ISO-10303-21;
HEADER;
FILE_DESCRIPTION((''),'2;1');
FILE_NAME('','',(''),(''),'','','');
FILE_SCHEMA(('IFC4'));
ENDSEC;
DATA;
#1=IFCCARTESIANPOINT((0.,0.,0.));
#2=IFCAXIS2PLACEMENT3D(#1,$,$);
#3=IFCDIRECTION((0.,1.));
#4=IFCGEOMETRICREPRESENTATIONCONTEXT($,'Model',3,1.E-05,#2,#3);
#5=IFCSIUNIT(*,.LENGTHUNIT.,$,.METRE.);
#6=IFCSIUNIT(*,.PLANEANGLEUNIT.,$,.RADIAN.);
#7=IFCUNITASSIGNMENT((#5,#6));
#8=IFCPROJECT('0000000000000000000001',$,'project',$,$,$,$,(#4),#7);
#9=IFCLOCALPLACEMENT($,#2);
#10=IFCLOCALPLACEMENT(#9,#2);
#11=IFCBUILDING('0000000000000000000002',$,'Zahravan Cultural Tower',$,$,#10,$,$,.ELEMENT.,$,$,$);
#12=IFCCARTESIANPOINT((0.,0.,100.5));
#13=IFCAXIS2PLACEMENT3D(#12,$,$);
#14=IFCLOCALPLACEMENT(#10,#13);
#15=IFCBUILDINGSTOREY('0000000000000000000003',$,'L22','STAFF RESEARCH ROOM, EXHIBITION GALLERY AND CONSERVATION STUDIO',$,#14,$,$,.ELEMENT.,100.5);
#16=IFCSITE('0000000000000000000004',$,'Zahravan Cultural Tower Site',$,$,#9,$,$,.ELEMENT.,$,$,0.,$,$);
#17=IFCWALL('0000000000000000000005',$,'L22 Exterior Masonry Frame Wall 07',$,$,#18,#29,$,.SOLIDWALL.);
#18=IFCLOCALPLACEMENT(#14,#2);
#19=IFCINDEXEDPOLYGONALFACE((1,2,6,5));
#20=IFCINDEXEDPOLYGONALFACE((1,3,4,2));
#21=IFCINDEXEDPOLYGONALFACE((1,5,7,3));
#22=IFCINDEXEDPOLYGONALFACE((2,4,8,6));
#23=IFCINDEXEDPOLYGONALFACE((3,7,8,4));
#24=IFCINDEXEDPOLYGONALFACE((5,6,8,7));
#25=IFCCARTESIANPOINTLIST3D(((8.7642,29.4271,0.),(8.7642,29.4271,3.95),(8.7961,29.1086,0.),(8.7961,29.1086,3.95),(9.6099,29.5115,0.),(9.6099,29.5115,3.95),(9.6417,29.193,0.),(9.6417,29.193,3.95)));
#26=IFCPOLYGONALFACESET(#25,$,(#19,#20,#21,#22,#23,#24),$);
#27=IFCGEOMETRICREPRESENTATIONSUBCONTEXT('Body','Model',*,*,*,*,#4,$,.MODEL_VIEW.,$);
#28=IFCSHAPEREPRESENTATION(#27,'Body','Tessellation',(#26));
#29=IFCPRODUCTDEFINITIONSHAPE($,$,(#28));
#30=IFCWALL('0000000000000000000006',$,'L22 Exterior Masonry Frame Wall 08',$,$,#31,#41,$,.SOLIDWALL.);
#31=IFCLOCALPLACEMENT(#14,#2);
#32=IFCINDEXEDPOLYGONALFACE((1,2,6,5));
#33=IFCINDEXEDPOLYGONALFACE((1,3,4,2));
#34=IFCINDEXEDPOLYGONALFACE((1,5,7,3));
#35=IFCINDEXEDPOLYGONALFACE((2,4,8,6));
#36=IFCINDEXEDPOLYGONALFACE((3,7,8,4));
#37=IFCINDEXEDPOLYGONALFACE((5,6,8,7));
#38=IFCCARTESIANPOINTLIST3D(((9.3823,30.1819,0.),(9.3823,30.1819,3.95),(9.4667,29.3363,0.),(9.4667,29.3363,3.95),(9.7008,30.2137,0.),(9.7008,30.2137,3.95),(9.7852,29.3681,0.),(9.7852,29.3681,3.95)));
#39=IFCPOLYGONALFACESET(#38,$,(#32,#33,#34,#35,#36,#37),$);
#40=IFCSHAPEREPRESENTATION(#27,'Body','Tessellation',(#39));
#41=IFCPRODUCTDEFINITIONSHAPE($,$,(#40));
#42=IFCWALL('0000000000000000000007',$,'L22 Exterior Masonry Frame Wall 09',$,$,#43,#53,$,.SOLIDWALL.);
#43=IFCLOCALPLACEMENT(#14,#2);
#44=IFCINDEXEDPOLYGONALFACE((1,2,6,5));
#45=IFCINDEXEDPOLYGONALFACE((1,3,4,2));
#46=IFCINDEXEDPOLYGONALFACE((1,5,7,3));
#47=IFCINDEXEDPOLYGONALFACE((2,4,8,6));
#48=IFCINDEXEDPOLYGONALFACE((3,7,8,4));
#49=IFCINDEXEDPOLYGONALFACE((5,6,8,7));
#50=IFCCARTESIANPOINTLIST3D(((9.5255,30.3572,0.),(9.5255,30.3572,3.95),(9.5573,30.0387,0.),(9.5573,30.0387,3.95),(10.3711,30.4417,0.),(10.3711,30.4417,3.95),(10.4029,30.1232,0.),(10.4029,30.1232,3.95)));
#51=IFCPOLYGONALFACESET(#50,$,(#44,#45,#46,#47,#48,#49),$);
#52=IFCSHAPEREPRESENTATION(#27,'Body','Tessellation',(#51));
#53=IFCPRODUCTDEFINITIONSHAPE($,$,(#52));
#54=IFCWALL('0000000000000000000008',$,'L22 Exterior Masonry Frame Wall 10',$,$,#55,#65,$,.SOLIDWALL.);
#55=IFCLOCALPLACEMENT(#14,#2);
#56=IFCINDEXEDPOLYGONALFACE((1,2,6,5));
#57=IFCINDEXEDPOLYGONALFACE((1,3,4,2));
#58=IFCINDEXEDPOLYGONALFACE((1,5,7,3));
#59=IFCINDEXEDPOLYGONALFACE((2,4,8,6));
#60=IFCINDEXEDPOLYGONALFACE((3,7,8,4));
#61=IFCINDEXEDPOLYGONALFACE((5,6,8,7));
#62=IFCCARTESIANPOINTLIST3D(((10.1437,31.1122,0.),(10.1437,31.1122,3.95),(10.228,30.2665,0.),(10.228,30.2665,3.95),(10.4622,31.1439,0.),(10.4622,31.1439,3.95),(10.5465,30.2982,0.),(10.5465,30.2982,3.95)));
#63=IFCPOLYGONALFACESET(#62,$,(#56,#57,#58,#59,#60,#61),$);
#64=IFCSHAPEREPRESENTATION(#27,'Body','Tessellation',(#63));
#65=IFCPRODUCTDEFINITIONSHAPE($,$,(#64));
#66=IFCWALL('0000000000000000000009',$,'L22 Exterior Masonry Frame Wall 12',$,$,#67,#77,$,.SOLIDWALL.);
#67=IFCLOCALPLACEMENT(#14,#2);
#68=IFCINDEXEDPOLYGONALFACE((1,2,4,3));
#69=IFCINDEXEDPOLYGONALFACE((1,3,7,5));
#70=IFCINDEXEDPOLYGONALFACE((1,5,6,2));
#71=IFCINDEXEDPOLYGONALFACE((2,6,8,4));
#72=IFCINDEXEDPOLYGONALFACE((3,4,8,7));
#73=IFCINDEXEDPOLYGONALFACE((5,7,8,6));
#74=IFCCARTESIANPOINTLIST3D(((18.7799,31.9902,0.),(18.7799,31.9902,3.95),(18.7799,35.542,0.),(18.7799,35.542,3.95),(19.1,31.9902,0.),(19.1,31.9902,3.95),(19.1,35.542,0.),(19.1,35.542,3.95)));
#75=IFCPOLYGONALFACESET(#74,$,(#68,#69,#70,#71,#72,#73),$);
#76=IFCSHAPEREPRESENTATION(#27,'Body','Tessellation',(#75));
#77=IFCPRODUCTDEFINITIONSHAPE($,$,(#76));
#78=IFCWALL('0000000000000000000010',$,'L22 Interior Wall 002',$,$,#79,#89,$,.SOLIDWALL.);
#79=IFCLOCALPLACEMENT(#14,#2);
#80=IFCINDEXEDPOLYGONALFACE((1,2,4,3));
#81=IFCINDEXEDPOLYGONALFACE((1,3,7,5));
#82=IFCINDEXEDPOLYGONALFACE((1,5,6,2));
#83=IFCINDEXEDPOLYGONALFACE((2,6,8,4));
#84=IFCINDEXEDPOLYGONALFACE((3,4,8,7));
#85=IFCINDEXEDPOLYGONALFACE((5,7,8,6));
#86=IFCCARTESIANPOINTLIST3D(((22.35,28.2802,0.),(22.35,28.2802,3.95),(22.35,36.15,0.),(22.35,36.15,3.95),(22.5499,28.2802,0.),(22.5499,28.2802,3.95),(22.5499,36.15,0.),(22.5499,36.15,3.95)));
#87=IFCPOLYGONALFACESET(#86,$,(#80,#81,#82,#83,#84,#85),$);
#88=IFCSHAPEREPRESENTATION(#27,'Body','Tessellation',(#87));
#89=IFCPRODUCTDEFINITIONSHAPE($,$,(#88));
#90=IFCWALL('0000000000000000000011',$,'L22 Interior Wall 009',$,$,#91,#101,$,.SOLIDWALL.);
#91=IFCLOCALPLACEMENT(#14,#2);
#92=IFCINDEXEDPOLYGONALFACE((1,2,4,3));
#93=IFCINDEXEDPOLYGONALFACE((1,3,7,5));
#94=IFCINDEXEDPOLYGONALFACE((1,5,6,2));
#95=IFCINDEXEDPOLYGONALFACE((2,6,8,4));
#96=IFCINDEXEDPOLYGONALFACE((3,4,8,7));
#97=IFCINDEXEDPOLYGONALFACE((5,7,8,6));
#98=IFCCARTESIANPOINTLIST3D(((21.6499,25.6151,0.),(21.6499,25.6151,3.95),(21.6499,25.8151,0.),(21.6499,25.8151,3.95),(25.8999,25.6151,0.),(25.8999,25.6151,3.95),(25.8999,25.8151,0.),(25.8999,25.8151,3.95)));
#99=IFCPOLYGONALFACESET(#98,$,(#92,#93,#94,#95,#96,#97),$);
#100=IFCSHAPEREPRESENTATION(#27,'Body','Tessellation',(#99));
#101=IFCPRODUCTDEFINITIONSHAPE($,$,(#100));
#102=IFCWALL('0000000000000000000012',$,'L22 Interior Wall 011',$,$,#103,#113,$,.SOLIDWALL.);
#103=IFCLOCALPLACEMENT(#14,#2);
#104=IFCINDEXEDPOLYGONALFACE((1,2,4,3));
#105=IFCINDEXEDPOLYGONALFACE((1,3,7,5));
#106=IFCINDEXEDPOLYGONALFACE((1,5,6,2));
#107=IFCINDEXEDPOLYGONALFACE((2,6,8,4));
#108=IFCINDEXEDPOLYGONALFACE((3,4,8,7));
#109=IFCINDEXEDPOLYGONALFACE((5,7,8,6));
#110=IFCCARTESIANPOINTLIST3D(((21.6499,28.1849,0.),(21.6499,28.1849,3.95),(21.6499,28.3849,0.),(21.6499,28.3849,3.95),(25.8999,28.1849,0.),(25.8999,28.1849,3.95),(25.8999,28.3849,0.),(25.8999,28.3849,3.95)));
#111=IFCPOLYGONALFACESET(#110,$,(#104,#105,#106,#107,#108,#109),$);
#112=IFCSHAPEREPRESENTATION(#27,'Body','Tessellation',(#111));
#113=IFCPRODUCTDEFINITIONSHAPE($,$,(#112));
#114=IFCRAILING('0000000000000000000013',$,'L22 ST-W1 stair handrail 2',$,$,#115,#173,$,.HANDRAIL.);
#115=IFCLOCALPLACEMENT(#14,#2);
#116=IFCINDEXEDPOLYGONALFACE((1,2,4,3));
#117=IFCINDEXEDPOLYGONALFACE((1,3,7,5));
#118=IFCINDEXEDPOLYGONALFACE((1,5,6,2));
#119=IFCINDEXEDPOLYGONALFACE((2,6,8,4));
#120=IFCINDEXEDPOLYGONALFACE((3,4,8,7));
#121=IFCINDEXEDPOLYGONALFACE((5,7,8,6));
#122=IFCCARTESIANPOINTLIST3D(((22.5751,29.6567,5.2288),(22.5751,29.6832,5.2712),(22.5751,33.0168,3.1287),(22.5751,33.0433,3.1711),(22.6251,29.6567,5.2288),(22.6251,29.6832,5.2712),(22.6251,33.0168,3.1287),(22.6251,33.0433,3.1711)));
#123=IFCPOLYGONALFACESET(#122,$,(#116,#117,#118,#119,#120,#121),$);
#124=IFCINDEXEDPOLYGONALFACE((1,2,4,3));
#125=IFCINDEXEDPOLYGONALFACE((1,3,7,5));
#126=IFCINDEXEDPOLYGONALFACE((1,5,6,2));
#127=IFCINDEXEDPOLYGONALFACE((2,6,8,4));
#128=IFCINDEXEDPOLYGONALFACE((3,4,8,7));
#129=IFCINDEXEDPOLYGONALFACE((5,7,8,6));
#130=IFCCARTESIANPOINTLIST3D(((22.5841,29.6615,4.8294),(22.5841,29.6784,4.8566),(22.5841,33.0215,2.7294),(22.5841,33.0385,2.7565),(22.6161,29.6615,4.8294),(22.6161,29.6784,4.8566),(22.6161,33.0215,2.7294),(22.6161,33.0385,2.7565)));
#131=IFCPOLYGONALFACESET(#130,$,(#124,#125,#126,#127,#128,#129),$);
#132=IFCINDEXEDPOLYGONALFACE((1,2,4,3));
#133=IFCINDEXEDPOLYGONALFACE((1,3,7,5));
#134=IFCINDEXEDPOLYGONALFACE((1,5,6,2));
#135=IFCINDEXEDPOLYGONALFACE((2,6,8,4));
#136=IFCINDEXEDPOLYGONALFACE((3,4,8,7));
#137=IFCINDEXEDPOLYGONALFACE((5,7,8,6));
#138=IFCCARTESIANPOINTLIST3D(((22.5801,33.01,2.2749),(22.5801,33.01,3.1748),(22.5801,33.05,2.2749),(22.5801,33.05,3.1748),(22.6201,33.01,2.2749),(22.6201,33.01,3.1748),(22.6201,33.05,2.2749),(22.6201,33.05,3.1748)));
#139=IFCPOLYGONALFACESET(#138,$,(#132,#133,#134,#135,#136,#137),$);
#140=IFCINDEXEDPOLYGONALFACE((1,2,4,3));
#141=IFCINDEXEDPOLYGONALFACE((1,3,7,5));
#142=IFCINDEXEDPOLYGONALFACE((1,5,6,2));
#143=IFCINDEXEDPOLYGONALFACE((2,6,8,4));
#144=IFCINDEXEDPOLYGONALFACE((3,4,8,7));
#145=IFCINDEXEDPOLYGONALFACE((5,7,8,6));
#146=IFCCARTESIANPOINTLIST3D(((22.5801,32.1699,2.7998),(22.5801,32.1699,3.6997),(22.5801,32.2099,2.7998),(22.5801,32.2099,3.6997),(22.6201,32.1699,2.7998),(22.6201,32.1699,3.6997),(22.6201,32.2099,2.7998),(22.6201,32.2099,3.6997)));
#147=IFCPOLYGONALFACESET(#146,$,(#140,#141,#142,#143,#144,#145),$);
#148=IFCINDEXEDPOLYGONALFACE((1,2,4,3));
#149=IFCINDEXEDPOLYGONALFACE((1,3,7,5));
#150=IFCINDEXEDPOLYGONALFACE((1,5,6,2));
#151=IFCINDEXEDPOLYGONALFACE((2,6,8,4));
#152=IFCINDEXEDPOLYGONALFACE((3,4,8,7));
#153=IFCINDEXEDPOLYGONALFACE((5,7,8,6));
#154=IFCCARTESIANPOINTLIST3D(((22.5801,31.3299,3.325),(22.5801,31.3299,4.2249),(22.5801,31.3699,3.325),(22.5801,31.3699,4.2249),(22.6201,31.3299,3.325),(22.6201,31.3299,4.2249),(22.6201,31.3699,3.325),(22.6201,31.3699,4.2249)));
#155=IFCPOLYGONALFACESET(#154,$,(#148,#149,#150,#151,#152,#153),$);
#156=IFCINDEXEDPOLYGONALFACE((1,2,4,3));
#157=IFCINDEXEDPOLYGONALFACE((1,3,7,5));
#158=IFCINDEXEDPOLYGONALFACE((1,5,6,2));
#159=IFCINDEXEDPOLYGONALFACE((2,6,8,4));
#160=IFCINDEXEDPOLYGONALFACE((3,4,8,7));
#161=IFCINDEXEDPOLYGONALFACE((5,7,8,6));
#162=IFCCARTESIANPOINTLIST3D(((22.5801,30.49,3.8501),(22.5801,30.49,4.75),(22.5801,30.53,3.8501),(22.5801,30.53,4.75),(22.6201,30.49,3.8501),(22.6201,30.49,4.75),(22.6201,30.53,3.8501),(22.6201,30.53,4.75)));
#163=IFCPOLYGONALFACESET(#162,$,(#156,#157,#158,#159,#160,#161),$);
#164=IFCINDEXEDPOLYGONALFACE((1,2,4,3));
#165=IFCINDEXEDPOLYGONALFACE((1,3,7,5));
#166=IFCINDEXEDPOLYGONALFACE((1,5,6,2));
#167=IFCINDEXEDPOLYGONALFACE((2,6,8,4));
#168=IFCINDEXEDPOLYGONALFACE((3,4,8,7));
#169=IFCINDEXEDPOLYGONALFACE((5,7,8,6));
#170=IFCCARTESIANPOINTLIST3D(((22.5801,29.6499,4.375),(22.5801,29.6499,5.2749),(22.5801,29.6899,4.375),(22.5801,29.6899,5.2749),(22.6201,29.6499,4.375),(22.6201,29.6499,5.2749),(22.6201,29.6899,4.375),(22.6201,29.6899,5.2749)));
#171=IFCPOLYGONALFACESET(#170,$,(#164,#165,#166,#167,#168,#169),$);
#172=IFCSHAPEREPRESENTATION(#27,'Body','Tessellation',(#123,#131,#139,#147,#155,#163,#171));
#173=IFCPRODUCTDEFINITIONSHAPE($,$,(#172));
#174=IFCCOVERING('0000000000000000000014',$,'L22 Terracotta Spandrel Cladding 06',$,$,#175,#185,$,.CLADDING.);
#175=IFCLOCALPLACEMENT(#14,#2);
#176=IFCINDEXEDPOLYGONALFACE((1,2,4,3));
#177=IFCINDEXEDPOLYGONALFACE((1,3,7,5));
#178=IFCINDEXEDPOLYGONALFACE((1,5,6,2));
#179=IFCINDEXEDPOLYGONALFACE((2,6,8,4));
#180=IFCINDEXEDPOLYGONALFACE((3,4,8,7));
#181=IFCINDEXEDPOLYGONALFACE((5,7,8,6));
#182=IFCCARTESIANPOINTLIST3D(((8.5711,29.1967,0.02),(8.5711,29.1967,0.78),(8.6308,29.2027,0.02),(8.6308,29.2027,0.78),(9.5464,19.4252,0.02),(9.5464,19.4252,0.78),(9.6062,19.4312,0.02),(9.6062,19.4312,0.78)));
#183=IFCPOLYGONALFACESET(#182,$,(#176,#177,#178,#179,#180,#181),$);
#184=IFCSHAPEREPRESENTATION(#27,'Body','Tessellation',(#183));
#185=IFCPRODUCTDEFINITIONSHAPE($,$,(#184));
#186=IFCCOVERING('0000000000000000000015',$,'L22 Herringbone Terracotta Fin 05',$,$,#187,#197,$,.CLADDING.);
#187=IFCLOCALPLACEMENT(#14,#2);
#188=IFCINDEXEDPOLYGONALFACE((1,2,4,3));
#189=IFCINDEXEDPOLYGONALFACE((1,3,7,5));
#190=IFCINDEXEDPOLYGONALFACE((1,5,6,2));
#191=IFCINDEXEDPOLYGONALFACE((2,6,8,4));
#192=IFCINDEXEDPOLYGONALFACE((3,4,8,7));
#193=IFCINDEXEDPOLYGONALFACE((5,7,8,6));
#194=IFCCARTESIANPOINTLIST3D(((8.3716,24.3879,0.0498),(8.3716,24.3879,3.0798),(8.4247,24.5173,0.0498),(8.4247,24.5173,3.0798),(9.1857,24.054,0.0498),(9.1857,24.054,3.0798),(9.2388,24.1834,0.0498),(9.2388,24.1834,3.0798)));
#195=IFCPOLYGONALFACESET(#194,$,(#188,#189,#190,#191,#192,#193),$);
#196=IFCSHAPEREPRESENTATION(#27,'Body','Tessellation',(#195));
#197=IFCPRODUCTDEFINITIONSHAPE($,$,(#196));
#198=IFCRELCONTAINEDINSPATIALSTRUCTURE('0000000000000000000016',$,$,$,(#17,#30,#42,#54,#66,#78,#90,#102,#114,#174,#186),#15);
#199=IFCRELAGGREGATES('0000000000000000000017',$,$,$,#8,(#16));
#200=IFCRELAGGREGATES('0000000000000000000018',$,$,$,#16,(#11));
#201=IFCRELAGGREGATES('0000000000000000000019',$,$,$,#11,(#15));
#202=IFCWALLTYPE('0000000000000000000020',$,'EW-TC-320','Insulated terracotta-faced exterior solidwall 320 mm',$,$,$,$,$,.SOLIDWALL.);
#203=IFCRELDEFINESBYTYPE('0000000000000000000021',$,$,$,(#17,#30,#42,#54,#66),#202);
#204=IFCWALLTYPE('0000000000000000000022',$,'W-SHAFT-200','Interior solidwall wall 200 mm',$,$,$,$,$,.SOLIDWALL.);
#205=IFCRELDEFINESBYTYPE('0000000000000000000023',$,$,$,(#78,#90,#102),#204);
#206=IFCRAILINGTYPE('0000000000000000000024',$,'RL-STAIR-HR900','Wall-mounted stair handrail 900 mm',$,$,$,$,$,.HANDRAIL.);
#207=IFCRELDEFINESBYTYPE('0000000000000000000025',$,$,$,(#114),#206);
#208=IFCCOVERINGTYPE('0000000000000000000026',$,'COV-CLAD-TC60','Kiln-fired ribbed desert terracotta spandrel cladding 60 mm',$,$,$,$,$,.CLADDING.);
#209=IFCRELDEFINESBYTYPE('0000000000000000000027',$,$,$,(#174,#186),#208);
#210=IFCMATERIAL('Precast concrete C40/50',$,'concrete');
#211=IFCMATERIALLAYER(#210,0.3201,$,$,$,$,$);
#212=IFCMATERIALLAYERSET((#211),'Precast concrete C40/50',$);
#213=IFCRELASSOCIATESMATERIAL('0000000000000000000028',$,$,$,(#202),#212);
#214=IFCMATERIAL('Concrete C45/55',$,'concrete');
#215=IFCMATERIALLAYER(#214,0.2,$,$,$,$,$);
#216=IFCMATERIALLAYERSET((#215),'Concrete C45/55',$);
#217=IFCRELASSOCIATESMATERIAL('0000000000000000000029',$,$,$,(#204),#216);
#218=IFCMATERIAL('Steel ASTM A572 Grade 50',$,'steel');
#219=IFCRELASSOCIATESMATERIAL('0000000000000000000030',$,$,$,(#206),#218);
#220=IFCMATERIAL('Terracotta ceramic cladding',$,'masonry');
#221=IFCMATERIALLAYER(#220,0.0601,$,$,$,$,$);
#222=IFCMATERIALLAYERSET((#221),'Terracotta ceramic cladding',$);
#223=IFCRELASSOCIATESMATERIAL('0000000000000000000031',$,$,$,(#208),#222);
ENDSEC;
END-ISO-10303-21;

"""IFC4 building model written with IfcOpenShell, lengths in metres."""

from ifc_helpers import new_model, si_unit, direction, frame, frame_2d, origin, origin_2d, place, context, subcontext, project, spatial, rectangle, extrude, source, transform, mapped, material, layer, layer_set, type_object, element, save


model = new_model("IFC4")

# Units and contexts
model_context = context("Model", 3, precision=1e-05, world=origin(), true_north=direction((0.0, 1.0)))
body_context = subcontext(model_context, "Body", "Model", "MODEL_VIEW")
ifc_project = project(units=[si_unit("LENGTHUNIT", "METRE"), si_unit("PLANEANGLEUNIT", "RADIAN")], contexts=[model_context])

# Site, building, storey
site_placement = place(None, origin())
site = spatial("IfcSite", under=ifc_project, at=site_placement, Name="Zahravan Cultural Tower Site", CompositionType="ELEMENT", RefElevation=0.0)
building_placement = place(site_placement, origin())
building = spatial("IfcBuilding", under=site, at=building_placement, Name="Zahravan Cultural Tower", CompositionType="ELEMENT")
storey_placement = place(building_placement, frame((0.0, 0.0, 100.5)))
storey = spatial("IfcBuildingStorey", under=building, at=storey_placement, Name="L22", Description="STAFF RESEARCH ROOM, EXHIBITION GALLERY AND CONSERVATION STUDIO", CompositionType="ELEMENT", Elevation=100.5)

# Shared definitions
ifc_material_1 = material(Name="Precast concrete C40/50", Category="concrete")
ifc_layer_1 = layer(ifc_material_1, 0.3201)
ifc_layer_set_1 = layer_set([ifc_layer_1], Name="Precast concrete C40/50")
wall_type_1 = type_object("IfcWallType", Name="EW-TC-320", Description="Insulated terracotta-faced exterior solidwall 320 mm", PredefinedType="SOLIDWALL", material=ifc_layer_set_1)

# Walls
shared_shape_1 = source(origin(), body_context, "Body", "SweptSolid", [
    extrude(rectangle(XDim=0.8499, YDim=0.3201, at=frame_2d((0.4248, 0.0))), origin(), (0.0, 0.0, 1.0), 3.95),
])
for number, where, z_axis, x_axis, name in (
    (1, (8.7803, 29.2678, 0.0), (0.0, 0.0, 1.0), (0.995049, 0.09939, 0.0), "L22 Exterior Masonry Frame Wall 07"),
    (2, (9.626, 29.3523, 0.0), (0.0, 0.0, 1.0), (-0.09939, 0.995049, 0.0), "L22 Exterior Masonry Frame Wall 08"),
    (3, (9.5415, 30.198, 0.0), (0.0, 0.0, 1.0), (0.995049, 0.09939, 0.0), "L22 Exterior Masonry Frame Wall 09"),
    (4, (10.3872, 30.2825, 0.0), (0.0, 0.0, 1.0), (-0.099106, 0.995077, 0.0), "L22 Exterior Masonry Frame Wall 10"),
):
    element("IfcWall", number, at=place(storey_placement, frame(where, z_axis=z_axis, x_axis=x_axis)), inside=storey, type_object=wall_type_1, Name=name, PredefinedType="SOLIDWALL", context=body_context, shape_type="MappedRepresentation", body=[
        mapped(shared_shape_1, transform((0.0, 0.0, 0.0), x_axis=(1.0, 0.0, 0.0), y_axis=(0.0, 1.0, 0.0), z_axis=(0.0, 0.0, 1.0), scale=1.0)),
    ])
shared_shape_2 = source(origin(), body_context, "Body", "SweptSolid", [
    extrude(rectangle(XDim=3.5518, YDim=0.3201, at=frame_2d((1.7759, 0.0))), origin(), (0.0, 0.0, 1.0), 3.95),
])
wall_1_placement = place(storey_placement, frame((18.9399, 31.9902, 0.0), z_axis=(0.0, 0.0, 1.0), x_axis=(0.0, 1.0, 0.0)))
element("IfcWall", 5, at=wall_1_placement, inside=storey, type_object=wall_type_1, Name="L22 Exterior Masonry Frame Wall 12", PredefinedType="SOLIDWALL", context=body_context, shape_type="MappedRepresentation", body=[
    mapped(shared_shape_2, transform((0.0, 0.0, 0.0), x_axis=(1.0, 0.0, 0.0), y_axis=(0.0, 1.0, 0.0), z_axis=(0.0, 0.0, 1.0), scale=1.0)),
])
ifc_material_2 = material(Name="Concrete C45/55", Category="concrete")
ifc_layer_2 = layer(ifc_material_2, 0.2)
ifc_layer_set_2 = layer_set([ifc_layer_2], Name="Concrete C45/55")
wall_type_2 = type_object("IfcWallType", Name="W-SHAFT-200", Description="Interior solidwall wall 200 mm", PredefinedType="SOLIDWALL", material=ifc_layer_set_2)
shared_shape_3 = source(origin(), body_context, "Body", "SweptSolid", [
    extrude(rectangle(XDim=7.8699, YDim=0.2, at=frame_2d((3.9351, 0.0))), origin(), (0.0, 0.0, 1.0), 3.95),
])
wall_2_placement = place(storey_placement, frame((22.45, 28.28, 0.0), z_axis=(0.0, 0.0, 1.0), x_axis=(0.0, 1.0, 0.0)))
element("IfcWall", 6, at=wall_2_placement, inside=storey, type_object=wall_type_2, Name="L22 Interior Wall 002", PredefinedType="SOLIDWALL", context=body_context, shape_type="MappedRepresentation", body=[
    mapped(shared_shape_3, transform((0.0, 0.0, 0.0), x_axis=(1.0, 0.0, 0.0), y_axis=(0.0, 1.0, 0.0), z_axis=(0.0, 0.0, 1.0), scale=1.0)),
])
shared_shape_4 = source(origin(), body_context, "Body", "SweptSolid", [
    extrude(rectangle(XDim=4.25, YDim=0.2, at=frame_2d((2.125, 0.0))), origin(), (0.0, 0.0, 1.0), 3.95),
])
for number, where, z_axis, x_axis, name in (
    (7, (21.6499, 25.7151, 0.0), (0.0, 0.0, 1.0), (1.0, 0.0, 0.0), "L22 Interior Wall 009"),
    (8, (21.6499, 28.2849, 0.0), (0.0, 0.0, 1.0), (1.0, 0.0, 0.0), "L22 Interior Wall 011"),
):
    element("IfcWall", number, at=place(storey_placement, frame(where, z_axis=z_axis, x_axis=x_axis)), inside=storey, type_object=wall_type_2, Name=name, PredefinedType="SOLIDWALL", context=body_context, shape_type="MappedRepresentation", body=[
        mapped(shared_shape_4, transform((0.0, 0.0, 0.0), x_axis=(1.0, 0.0, 0.0), y_axis=(0.0, 1.0, 0.0), z_axis=(0.0, 0.0, 1.0), scale=1.0)),
    ])

# Railing
ifc_material_3 = material(Name="Steel ASTM A572 Grade 50", Category="steel")
railing_type = type_object("IfcRailingType", Name="RL-STAIR-HR900", Description="Wall-mounted stair handrail 900 mm", PredefinedType="HANDRAIL", material=ifc_material_3)
railing_placement = place(storey_placement, frame((22.6001, 33.03, 2.2749)))
element("IfcRailing", 9, at=railing_placement, inside=storey, type_object=railing_type, Name="L22 ST-W1 stair handrail 2", PredefinedType="HANDRAIL", context=body_context, shape_type="SweptSolid", body=[
    extrude(rectangle(XDim=0.05, YDim=0.05, at=origin_2d()), frame((0.0, 0.0, 0.875), z_axis=(0.0, -0.847995, 0.530004), x_axis=(1.0, 0.0, 0.0)), (0.0, 0.0, 1.0), 3.9624),
    extrude(rectangle(XDim=0.032, YDim=0.032, at=origin_2d()), frame((0.0, 0.0, 0.468), z_axis=(0.0, -0.847995, 0.530004), x_axis=(1.0, 0.0, 0.0)), (0.0, 0.0, 1.0), 3.9624),
    extrude(rectangle(XDim=0.04, YDim=0.04, at=origin_2d()), origin(), (0.0, 0.0, 1.0), 0.8999),
    extrude(rectangle(XDim=0.04, YDim=0.04, at=origin_2d()), frame((0.0, -0.8401, 0.5249)), (0.0, 0.0, 1.0), 0.8999),
    extrude(rectangle(XDim=0.04, YDim=0.04, at=origin_2d()), frame((0.0, -1.6802, 1.05)), (0.0, 0.0, 1.0), 0.8999),
    extrude(rectangle(XDim=0.04, YDim=0.04, at=origin_2d()), frame((0.0, -2.52, 1.5752)), (0.0, 0.0, 1.0), 0.8999),
    extrude(rectangle(XDim=0.04, YDim=0.04, at=origin_2d()), frame((0.0, -3.3601, 2.1001)), (0.0, 0.0, 1.0), 0.8999),
])

# Coverings
ifc_material_4 = material(Name="Terracotta ceramic cladding", Category="masonry")
ifc_layer_3 = layer(ifc_material_4, 0.0601)
ifc_layer_set_3 = layer_set([ifc_layer_3], Name="Terracotta ceramic cladding")
covering_type = type_object("IfcCoveringType", Name="COV-CLAD-TC60", Description="Kiln-fired ribbed desert terracotta spandrel cladding 60 mm", PredefinedType="CLADDING", material=ifc_layer_set_3)
shared_shape_5 = source(origin(), body_context, "Body", "SweptSolid", [
    extrude(rectangle(XDim=9.8201, YDim=0.0601, at=origin_2d()), origin(), (0.0, 0.0, 1.0), 0.76),
])
covering_1_placement = place(storey_placement, frame((9.0886, 24.314, 0.02), z_axis=(0.0, 0.0, 1.0), x_axis=(-0.09932, 0.995056, 0.0)))
element("IfcCovering", 10, at=covering_1_placement, inside=storey, type_object=covering_type, Name="L22 Terracotta Spandrel Cladding 06", PredefinedType="CLADDING", context=body_context, shape_type="MappedRepresentation", body=[
    mapped(shared_shape_5, transform((0.0, 0.0, 0.0), x_axis=(1.0, 0.0, 0.0), y_axis=(0.0, 1.0, 0.0), z_axis=(0.0, 0.0, 1.0), scale=1.0)),
])
shared_shape_6 = source(origin(), body_context, "Body", "SweptSolid", [
    extrude(rectangle(XDim=0.8799, YDim=0.1399, at=origin_2d()), origin(), (0.0, 0.0, 1.0), 3.03),
])
for number, where, z_axis, x_axis, name in (
    (11, (8.8052, 24.2856, 0.0498), (0.0, 0.0, 1.0), (-0.92521, 0.379456, 0.0), "L22 Herringbone Terracotta Fin 05"),
):
    element("IfcCovering", number, at=place(storey_placement, frame(where, z_axis=z_axis, x_axis=x_axis)), inside=storey, type_object=covering_type, Name=name, PredefinedType="CLADDING", context=body_context, shape_type="MappedRepresentation", body=[
        mapped(shared_shape_6, transform((0.0, 0.0, 0.0), x_axis=(1.0, 0.0, 0.0), y_axis=(0.0, 1.0, 0.0), z_axis=(0.0, 0.0, 1.0), scale=1.0)),
    ])

save(model, "model.ifc")
